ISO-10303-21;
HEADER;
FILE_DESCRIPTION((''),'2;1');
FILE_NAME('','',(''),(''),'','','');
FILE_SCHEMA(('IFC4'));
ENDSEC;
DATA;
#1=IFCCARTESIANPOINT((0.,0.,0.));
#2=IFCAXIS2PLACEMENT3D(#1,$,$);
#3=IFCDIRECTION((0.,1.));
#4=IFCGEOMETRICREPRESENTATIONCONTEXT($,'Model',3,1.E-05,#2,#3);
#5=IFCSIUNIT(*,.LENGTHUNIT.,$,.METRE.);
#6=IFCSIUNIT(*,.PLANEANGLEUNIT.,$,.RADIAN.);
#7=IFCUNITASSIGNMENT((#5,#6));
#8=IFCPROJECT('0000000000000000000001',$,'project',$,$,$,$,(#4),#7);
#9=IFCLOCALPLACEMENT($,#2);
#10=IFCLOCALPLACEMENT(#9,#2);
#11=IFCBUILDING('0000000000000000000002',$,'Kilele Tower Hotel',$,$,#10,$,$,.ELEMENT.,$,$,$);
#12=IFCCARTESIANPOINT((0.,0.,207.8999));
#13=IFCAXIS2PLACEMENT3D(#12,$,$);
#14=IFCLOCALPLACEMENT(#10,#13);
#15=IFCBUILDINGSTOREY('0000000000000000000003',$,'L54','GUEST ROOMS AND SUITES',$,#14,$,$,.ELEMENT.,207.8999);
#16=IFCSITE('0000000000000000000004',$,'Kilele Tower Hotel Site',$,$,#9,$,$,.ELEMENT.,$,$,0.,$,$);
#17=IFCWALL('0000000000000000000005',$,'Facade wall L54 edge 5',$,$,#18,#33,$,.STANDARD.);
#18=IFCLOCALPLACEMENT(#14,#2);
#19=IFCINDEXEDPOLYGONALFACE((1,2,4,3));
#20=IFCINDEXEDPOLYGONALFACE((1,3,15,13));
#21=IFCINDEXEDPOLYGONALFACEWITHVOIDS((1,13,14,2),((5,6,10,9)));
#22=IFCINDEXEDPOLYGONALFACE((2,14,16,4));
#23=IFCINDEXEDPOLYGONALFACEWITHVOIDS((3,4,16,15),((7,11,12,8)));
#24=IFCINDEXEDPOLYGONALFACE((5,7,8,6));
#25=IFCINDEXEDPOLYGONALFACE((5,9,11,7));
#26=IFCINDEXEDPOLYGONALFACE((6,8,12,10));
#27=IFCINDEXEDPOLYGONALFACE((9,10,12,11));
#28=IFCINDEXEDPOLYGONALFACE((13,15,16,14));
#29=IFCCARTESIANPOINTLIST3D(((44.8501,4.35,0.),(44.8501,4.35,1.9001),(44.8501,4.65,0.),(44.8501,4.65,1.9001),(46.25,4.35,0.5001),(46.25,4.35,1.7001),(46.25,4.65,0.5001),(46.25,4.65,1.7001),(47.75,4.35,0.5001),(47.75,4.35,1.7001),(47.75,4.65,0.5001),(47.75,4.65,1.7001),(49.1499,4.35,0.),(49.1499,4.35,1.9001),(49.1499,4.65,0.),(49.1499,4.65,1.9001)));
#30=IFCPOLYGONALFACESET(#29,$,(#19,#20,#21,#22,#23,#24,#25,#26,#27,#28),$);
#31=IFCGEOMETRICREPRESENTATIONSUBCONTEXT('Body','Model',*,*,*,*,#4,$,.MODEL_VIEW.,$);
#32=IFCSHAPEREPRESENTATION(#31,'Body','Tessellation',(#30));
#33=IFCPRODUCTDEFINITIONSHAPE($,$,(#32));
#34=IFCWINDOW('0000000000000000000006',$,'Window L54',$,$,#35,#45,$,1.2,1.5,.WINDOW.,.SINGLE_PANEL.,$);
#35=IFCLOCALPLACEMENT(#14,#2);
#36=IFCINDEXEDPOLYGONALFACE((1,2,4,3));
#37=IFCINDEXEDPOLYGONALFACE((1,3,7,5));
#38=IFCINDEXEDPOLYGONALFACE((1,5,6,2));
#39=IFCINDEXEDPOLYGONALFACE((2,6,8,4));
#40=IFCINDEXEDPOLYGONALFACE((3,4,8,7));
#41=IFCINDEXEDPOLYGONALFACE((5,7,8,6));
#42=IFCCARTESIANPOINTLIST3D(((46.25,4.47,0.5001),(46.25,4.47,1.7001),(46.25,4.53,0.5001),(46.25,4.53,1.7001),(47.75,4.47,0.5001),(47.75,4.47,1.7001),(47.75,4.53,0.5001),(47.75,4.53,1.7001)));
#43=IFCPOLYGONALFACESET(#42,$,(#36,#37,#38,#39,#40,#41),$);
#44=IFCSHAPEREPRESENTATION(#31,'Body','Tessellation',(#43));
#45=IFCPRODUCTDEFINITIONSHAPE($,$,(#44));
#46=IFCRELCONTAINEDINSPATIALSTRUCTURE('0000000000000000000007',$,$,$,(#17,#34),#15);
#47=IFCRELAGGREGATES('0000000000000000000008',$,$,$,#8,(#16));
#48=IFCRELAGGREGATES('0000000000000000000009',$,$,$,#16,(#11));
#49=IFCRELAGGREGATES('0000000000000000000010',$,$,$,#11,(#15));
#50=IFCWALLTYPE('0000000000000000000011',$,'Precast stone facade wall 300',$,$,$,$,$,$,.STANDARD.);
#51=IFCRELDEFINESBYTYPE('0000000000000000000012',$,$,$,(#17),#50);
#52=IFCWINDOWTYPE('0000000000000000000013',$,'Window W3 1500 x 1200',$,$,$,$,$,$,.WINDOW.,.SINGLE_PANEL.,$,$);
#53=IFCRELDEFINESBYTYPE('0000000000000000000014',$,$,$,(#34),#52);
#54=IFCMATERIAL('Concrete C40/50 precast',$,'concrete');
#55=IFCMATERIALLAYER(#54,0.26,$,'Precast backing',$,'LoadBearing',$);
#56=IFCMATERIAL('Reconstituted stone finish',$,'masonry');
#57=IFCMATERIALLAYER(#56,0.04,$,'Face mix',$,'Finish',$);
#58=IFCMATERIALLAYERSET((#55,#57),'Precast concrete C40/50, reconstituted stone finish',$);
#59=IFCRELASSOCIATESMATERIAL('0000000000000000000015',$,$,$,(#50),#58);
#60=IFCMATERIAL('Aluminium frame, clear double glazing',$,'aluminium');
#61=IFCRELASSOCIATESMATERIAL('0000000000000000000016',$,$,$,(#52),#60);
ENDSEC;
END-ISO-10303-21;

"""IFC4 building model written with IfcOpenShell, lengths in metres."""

from ifc_helpers import new_model, si_unit, direction, frame, frame_2d, origin, place, context, subcontext, project, spatial, rectangle, extrude, material, layer, layer_set, type_object, element, fill, save


model = new_model("IFC4")

# Units and contexts
model_context = context("Model", 3, precision=1e-05, world=origin(), true_north=direction((0.0, 1.0)))
body_context = subcontext(model_context, "Body", "Model", "MODEL_VIEW")
ifc_project = project(units=[si_unit("LENGTHUNIT", "METRE"), si_unit("PLANEANGLEUNIT", "RADIAN")], contexts=[model_context])

# Site, building, storey
site_placement = place(None, origin())
site = spatial("IfcSite", under=ifc_project, at=site_placement, Name="Kilele Tower Hotel Site", CompositionType="ELEMENT", RefElevation=0.0)
building_placement = place(site_placement, origin())
building = spatial("IfcBuilding", under=site, at=building_placement, Name="Kilele Tower Hotel", CompositionType="ELEMENT")
storey_placement = place(building_placement, frame((0.0, 0.0, 207.8999)))
storey = spatial("IfcBuildingStorey", under=building, at=storey_placement, Name="L54", Description="GUEST ROOMS AND SUITES", CompositionType="ELEMENT", Elevation=207.8999)

# Wall, opening, window
ifc_material_1 = material(Name="Concrete C40/50 precast", Category="concrete")
ifc_layer_1 = layer(ifc_material_1, 0.26, Name="Precast backing", Category="LoadBearing")
ifc_material_2 = material(Name="Reconstituted stone finish", Category="masonry")
ifc_layer_2 = layer(ifc_material_2, 0.04, Name="Face mix", Category="Finish")
ifc_layer_set_1 = layer_set([ifc_layer_1, ifc_layer_2], Name="Precast concrete C40/50, reconstituted stone finish")
wall_type_1 = type_object("IfcWallType", Name="Precast stone facade wall 300", PredefinedType="STANDARD", material=ifc_layer_set_1)
ifc_material_3 = material(Name="Aluminium frame, clear double glazing", Category="aluminium")
window_type = type_object("IfcWindowType", Name="Window W3 1500 x 1200", PartitioningType="SINGLE_PANEL", PredefinedType="WINDOW", material=ifc_material_3)
wall_1_placement = place(storey_placement, frame((44.8501, 4.5, 0.0), z_axis=(0.0, 0.0, 1.0), x_axis=(1.0, 0.0, 0.0)))
wall_1 = element("IfcWall", 1, at=wall_1_placement, inside=storey, type_object=wall_type_1, Name="Facade wall L54 edge 5", PredefinedType="STANDARD", context=body_context, shape_type="SweptSolid", body=[
    extrude(rectangle(XDim=4.2998, YDim=0.3, at=frame_2d((2.1499, 0.0))), origin(), (0.0, 0.0, 1.0), 1.9001),
])
opening_1_placement = place(wall_1_placement, frame((1.3999, 0.0, 0.5)))
opening_1 = element("IfcOpeningElement", 2, at=opening_1_placement, cuts=wall_1, PredefinedType="OPENING", context=body_context, shape_type="SweptSolid", body=[
    extrude(rectangle(XDim=1.5, YDim=1.2, at=frame_2d((0.75, 0.6001))), frame((0.0, 0.1599, 0.0), z_axis=(0.0, -1.0, 0.0), x_axis=(1.0, 0.0, 0.0)), (0.0, 0.0, 1.0), 0.3201),
])
window_1_placement = place(opening_1_placement, origin())
window_1 = element("IfcWindow", 3, at=window_1_placement, inside=storey, type_object=window_type, Name="Window L54", OverallHeight=1.2, OverallWidth=1.5, PartitioningType="SINGLE_PANEL", PredefinedType="WINDOW", context=body_context, shape_type="SweptSolid", body=[
    extrude(rectangle(XDim=1.5, YDim=1.2, at=frame_2d((0.75, 0.6001))), frame((0.0, 0.03, 0.0), z_axis=(0.0, -1.0, 0.0), x_axis=(1.0, 0.0, 0.0)), (0.0, 0.0, 1.0), 0.0601),
])
fill(opening_1, window_1)

save(model, "model.ifc")
